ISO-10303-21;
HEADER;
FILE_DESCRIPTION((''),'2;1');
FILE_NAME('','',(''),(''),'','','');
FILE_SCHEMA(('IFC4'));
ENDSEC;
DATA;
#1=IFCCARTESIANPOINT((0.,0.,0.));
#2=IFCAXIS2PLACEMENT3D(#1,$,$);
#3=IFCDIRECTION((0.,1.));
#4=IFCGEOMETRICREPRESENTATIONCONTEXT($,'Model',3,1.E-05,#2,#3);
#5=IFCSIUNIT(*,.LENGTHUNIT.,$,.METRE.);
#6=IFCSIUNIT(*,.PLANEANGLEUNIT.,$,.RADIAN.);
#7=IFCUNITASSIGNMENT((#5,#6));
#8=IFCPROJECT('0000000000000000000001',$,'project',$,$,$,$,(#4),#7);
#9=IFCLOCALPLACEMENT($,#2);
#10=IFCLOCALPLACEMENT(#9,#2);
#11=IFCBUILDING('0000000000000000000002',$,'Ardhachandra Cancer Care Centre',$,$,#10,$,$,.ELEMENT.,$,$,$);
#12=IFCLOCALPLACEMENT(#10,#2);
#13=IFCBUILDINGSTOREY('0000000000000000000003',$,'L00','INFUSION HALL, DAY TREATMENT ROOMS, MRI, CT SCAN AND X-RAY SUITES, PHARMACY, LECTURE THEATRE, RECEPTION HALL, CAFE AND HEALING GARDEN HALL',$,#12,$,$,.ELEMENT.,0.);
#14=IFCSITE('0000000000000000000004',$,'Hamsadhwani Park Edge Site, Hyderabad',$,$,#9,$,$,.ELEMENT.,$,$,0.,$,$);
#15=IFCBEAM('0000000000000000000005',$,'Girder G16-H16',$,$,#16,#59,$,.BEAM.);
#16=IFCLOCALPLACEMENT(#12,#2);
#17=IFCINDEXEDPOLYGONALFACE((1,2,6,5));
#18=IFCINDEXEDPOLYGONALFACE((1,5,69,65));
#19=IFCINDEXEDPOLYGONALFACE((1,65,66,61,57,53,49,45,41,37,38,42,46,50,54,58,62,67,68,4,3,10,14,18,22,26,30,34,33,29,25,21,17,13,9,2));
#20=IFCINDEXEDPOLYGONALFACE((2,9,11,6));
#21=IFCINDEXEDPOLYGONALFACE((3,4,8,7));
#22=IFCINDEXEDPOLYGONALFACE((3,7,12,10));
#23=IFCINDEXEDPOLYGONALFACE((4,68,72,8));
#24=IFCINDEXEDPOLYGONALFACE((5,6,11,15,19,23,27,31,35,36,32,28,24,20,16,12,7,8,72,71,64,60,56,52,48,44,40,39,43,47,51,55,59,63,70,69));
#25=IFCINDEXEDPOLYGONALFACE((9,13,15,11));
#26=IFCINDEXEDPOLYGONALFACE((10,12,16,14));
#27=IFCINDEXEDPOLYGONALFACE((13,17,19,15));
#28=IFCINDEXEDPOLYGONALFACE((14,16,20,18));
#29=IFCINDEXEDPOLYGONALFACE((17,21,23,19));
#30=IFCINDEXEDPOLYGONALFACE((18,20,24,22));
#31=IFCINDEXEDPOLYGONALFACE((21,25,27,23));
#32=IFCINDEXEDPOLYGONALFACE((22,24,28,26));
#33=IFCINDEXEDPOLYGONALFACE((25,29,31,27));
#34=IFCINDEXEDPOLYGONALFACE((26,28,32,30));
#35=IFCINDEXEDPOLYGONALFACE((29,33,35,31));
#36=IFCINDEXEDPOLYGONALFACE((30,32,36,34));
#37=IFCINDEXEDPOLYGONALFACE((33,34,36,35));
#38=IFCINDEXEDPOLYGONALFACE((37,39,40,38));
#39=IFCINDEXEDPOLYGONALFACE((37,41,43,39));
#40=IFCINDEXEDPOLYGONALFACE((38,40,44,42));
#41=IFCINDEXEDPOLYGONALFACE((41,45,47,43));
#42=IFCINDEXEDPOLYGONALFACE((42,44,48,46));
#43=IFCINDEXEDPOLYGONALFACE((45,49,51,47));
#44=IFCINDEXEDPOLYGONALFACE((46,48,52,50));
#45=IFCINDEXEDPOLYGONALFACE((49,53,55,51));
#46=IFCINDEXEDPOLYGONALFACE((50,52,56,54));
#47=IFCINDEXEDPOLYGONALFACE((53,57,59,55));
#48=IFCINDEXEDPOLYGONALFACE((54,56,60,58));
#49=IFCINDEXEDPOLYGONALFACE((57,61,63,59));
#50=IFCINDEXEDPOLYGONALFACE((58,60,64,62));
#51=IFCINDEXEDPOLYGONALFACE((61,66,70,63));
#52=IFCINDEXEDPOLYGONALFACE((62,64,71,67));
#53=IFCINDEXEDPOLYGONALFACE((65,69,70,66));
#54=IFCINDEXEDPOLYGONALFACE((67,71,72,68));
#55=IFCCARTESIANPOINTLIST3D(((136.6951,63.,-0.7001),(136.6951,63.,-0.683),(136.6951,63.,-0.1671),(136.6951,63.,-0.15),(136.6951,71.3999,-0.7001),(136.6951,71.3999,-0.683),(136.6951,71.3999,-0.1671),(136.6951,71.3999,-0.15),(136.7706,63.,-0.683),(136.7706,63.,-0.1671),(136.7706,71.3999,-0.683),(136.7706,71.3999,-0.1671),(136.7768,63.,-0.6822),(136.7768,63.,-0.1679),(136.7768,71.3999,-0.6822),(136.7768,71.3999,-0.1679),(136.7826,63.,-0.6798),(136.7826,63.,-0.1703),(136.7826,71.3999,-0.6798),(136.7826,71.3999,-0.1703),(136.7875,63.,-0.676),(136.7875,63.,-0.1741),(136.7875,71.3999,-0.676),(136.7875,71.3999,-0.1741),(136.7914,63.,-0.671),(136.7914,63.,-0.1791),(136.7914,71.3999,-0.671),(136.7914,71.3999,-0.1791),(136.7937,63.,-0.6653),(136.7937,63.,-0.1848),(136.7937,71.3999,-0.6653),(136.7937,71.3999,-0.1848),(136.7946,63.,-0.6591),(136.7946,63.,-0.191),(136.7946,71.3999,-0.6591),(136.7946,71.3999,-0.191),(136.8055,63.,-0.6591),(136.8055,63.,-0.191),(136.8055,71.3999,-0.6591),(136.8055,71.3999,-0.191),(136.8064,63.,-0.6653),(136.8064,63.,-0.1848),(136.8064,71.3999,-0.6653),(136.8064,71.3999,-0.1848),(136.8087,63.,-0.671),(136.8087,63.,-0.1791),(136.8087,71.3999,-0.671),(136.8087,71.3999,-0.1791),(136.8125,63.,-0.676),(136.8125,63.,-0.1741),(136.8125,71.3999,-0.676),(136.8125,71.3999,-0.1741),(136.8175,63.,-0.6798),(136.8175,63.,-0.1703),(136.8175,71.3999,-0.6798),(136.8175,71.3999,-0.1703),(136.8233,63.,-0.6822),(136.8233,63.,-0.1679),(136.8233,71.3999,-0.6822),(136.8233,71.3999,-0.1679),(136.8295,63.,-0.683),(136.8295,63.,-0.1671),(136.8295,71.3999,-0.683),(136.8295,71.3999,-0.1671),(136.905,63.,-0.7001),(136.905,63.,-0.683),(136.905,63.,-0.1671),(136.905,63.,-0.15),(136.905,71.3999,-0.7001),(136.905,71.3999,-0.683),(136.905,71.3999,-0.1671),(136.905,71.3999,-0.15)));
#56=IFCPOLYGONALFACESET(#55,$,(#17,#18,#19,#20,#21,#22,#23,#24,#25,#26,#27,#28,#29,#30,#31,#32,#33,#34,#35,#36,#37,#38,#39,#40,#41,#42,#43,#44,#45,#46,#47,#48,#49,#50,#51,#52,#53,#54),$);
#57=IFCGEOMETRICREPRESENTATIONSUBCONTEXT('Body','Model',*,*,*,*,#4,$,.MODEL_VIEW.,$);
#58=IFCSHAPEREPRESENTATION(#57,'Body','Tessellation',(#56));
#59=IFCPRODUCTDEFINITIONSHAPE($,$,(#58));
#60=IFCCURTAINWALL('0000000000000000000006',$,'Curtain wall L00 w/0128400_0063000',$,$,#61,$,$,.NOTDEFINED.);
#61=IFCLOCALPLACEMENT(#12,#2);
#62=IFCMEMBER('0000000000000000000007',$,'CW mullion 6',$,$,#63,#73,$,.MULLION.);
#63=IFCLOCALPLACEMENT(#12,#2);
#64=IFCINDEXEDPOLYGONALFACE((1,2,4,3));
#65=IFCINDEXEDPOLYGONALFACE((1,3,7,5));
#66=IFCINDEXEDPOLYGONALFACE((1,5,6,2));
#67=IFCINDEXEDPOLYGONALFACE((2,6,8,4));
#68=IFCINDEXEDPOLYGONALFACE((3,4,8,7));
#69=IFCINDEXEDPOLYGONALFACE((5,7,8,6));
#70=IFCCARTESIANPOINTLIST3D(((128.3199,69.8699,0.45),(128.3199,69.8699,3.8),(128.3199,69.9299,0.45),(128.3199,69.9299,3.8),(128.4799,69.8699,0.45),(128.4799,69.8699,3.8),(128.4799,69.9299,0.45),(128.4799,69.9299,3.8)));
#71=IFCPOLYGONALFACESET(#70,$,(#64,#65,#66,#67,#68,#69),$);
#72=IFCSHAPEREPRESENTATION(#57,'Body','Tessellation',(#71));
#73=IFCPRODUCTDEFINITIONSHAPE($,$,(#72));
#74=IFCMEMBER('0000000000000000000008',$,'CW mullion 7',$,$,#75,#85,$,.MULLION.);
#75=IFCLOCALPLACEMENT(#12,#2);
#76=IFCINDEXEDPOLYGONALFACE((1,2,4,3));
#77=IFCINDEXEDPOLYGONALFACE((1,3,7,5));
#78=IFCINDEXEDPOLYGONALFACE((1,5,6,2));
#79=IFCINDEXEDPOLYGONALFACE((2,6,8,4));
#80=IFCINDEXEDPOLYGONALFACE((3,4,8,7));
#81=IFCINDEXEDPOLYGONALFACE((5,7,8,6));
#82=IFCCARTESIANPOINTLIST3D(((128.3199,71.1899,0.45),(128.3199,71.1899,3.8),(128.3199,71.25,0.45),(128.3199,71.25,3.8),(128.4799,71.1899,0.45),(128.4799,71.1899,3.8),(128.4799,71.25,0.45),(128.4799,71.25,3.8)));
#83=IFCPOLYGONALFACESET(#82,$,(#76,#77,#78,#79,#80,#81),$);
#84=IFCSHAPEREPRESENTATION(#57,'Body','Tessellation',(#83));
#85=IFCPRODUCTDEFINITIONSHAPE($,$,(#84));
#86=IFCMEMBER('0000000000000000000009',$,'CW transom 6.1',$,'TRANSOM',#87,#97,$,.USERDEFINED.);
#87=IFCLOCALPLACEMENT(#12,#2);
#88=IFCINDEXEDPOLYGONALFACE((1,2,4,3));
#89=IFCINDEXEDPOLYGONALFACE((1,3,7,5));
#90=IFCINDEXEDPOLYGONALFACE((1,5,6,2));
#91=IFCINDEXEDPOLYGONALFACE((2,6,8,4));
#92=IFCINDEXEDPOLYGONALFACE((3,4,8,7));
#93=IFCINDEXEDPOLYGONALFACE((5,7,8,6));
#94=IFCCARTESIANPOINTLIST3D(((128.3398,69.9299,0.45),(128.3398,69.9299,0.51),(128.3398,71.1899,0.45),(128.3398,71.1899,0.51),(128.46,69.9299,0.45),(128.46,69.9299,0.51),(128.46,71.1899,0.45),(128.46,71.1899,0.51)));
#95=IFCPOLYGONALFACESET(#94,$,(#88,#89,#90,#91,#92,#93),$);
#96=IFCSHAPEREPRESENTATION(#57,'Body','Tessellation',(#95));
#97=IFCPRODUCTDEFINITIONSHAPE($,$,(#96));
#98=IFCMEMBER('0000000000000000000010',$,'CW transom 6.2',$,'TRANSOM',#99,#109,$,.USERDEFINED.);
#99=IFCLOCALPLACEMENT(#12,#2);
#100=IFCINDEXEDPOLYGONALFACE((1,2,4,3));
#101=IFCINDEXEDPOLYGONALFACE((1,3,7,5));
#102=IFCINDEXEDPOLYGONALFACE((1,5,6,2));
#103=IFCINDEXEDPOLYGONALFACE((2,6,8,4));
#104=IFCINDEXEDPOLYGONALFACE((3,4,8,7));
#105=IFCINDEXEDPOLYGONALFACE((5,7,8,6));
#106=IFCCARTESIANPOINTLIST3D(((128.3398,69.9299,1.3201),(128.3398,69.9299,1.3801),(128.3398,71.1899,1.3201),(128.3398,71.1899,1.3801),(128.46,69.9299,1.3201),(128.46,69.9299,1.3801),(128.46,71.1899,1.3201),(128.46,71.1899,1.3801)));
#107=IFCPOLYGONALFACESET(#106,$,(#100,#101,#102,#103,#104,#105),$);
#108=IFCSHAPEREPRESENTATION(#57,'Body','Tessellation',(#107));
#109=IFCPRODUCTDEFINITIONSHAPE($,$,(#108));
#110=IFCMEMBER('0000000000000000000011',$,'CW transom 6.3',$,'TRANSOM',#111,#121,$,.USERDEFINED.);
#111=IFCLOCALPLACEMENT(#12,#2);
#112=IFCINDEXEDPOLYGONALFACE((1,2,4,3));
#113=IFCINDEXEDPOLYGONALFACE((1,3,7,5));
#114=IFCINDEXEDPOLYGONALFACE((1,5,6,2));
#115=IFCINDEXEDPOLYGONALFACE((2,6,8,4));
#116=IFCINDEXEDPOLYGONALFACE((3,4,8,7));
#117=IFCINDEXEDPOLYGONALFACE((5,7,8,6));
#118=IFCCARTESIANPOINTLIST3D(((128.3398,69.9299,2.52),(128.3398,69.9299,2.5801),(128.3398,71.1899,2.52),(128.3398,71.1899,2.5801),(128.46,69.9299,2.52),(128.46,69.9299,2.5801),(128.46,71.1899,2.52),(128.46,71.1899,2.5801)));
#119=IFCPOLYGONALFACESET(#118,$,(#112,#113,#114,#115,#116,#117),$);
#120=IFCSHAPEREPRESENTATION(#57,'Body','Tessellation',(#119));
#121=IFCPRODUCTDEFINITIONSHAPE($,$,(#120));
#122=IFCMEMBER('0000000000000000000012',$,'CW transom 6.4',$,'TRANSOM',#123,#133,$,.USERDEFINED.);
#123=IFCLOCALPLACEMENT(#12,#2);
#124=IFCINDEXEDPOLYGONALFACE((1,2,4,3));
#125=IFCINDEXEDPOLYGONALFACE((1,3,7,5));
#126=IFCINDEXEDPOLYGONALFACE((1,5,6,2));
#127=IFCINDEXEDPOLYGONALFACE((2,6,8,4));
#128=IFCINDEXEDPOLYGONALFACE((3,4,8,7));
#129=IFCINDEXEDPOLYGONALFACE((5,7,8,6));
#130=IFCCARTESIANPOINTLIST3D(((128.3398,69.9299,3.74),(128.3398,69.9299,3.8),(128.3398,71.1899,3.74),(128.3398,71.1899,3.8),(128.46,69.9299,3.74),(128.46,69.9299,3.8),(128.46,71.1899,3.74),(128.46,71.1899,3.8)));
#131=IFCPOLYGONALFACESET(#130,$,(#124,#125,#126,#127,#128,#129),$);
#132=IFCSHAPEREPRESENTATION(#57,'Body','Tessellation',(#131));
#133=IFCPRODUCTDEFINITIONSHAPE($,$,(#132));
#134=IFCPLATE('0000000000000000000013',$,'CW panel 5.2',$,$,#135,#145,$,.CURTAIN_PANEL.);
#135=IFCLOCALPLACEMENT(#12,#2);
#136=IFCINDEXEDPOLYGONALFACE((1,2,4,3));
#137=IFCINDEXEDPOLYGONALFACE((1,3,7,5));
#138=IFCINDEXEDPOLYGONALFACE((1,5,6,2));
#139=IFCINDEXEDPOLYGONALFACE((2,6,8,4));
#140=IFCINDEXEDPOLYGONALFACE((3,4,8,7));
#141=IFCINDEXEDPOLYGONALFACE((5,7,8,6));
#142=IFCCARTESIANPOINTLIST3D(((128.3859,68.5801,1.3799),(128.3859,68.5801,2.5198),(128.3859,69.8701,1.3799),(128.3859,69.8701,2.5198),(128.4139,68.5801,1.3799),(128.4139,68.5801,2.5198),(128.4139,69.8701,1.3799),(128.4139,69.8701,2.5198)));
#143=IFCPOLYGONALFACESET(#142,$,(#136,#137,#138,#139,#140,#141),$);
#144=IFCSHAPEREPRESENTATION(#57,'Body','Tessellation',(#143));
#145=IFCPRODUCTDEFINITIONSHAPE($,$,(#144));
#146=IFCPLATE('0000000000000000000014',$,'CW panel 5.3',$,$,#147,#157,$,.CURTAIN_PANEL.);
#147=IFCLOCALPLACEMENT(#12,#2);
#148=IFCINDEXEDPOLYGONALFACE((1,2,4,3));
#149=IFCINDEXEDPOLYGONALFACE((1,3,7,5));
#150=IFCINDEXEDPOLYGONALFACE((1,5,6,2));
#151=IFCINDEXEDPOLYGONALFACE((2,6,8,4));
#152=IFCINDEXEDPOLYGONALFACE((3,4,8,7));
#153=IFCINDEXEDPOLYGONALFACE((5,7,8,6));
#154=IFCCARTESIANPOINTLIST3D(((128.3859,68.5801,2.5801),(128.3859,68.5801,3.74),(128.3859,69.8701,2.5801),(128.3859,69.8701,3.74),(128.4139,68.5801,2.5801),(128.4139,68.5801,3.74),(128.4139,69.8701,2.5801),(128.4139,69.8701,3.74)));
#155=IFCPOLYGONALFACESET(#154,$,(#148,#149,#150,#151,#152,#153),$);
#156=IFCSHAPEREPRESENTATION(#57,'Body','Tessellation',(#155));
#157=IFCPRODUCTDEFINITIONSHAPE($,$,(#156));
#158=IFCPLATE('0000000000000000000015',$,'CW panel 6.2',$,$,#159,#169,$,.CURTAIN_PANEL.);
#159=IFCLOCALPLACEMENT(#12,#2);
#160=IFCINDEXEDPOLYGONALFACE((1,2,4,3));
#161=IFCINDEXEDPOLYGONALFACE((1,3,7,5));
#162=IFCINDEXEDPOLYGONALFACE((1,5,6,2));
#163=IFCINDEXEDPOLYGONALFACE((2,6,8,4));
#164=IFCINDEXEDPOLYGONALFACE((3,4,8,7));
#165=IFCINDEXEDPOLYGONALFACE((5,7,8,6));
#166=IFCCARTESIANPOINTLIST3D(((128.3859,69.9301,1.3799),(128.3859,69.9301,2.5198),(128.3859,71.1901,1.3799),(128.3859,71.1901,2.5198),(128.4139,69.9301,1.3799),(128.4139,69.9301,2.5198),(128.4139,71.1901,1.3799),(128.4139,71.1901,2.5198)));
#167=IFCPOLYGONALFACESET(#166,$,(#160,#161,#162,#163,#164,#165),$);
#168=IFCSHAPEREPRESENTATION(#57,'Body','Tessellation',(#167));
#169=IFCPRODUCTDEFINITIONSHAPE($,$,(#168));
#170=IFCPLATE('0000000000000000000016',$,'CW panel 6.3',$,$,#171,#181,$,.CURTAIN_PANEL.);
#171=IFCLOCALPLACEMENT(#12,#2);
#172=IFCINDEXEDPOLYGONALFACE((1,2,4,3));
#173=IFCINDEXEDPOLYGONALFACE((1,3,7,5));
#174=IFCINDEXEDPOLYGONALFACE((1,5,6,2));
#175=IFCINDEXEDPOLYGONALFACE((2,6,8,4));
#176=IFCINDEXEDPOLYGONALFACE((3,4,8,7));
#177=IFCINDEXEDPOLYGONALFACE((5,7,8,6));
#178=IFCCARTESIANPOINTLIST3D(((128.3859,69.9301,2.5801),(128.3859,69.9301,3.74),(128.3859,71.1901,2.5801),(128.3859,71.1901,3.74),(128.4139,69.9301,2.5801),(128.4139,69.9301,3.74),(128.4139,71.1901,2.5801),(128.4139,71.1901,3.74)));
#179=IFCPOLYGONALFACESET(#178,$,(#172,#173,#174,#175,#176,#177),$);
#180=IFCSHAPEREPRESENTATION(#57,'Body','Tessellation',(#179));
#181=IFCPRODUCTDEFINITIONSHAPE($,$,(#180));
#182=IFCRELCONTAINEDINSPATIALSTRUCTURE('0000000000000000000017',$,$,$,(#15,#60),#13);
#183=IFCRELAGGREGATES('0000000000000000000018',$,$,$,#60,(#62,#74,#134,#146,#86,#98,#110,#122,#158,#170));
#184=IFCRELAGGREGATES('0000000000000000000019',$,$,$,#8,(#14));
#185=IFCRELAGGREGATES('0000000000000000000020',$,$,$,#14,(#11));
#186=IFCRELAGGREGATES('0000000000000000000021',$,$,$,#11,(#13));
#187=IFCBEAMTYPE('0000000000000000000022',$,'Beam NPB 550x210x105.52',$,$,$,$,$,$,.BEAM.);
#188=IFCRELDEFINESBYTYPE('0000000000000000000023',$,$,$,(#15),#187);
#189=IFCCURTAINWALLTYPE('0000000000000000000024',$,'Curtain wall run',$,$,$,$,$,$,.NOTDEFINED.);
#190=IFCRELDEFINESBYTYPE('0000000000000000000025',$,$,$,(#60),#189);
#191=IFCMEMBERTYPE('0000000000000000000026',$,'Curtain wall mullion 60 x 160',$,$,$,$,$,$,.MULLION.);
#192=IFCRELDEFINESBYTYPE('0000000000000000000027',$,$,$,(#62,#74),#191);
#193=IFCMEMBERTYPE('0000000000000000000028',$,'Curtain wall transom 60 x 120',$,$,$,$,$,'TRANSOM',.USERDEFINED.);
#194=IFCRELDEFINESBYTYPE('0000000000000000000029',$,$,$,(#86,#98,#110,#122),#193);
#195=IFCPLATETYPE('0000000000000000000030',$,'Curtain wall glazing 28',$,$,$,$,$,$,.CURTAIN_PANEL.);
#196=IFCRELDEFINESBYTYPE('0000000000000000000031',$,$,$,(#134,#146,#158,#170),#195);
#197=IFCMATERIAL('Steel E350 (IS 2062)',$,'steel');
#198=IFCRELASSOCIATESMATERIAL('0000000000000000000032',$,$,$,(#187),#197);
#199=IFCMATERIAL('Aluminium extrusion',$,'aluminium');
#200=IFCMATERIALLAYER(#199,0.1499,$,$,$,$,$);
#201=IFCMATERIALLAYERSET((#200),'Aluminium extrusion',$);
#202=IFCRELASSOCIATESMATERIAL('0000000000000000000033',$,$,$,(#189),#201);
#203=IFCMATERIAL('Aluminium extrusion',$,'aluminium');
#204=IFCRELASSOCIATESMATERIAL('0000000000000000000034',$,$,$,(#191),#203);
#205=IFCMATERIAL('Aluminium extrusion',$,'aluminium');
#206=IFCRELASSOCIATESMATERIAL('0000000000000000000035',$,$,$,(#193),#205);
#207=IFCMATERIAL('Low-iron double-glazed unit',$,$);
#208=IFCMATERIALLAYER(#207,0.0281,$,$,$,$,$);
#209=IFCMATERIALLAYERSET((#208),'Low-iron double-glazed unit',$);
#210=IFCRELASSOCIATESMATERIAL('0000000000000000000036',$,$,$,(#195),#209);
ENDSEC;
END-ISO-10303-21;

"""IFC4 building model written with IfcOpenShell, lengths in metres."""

from ifc_helpers import new_model, si_unit, direction, frame, origin, origin_2d, place, context, subcontext, project, spatial, rectangle, i_section, extrude, material, layer, layer_set, material_profile, profile_set, type_object, element, aggregate, save


model = new_model("IFC4")

# Units and contexts
model_context = context("Model", 3, precision=1e-05, world=origin(), true_north=direction((0.0, 1.0)))
body_context = subcontext(model_context, "Body", "Model", "MODEL_VIEW")
ifc_project = project(units=[si_unit("LENGTHUNIT", "METRE"), si_unit("PLANEANGLEUNIT", "RADIAN")], contexts=[model_context])

# Site, building, storey
site_placement = place(None, origin())
site = spatial("IfcSite", under=ifc_project, at=site_placement, Name="Hamsadhwani Park Edge Site, Hyderabad", CompositionType="ELEMENT", RefElevation=0.0)
building_placement = place(site_placement, origin())
building = spatial("IfcBuilding", under=site, at=building_placement, Name="Ardhachandra Cancer Care Centre", CompositionType="ELEMENT")
storey_placement = place(building_placement, origin())
storey = spatial("IfcBuildingStorey", under=building, at=storey_placement, Name="L00", Description="INFUSION HALL, DAY TREATMENT ROOMS, MRI, CT SCAN AND X-RAY SUITES, PHARMACY, LECTURE THEATRE, RECEPTION HALL, CAFE AND HEALING GARDEN HALL", CompositionType="ELEMENT", Elevation=0.0)

# Beam
ifc_material_1 = material(Name="Steel E350 (IS 2062)", Category="steel")
ifc_material_profile_1 = material_profile(ifc_material_1, i_section(OverallWidth=0.21, OverallDepth=0.55, WebThickness=0.011, FlangeThickness=0.0171, FilletRadius=0.0239, at=origin_2d()), Name="NPB 550x210x105.52")
ifc_profile_set_1 = profile_set([ifc_material_profile_1], Name="Steel E350 (IS 2062)")
beam_type_1 = type_object("IfcBeamType", Name="Beam NPB 550x210x105.52", PredefinedType="BEAM", material=ifc_profile_set_1)
for number, where, z_axis, x_axis, name in (
    (1, (136.8, 63.0, -0.425), (0.0, 1.0, 0.0), (-1.0, 0.0, 0.0), "Girder G16-H16"),
):
    element("IfcBeam", number, at=place(storey_placement, frame(where, z_axis=z_axis, x_axis=x_axis)), inside=storey, type_object=beam_type_1, Name=name, PredefinedType="BEAM", context=body_context, shape_type="SweptSolid", body=[
        extrude(i_section(OverallWidth=0.21, OverallDepth=0.55, WebThickness=0.011, FlangeThickness=0.0171, FilletRadius=0.0239, at=origin_2d()), origin(), (0.0, 0.0, 1.0), 8.3999),
    ])

# Curtain wall, members, plates
ifc_material_2 = material(Name="Aluminium extrusion", Category="aluminium")
ifc_layer_1 = layer(ifc_material_2, 0.1499)
ifc_layer_set_1 = layer_set([ifc_layer_1], Name="Aluminium extrusion")
curtain_wall_type = type_object("IfcCurtainWallType", Name="Curtain wall run", PredefinedType="NOTDEFINED", material=ifc_layer_set_1)
curtain_wall_placement = place(storey_placement, origin())
curtain_wall = element("IfcCurtainWall", 2, at=curtain_wall_placement, inside=storey, type_object=curtain_wall_type, Name="Curtain wall L00 w/0128400_0063000", PredefinedType="NOTDEFINED")
ifc_material_3 = material(Name="Aluminium extrusion", Category="aluminium")
ifc_material_profile_2 = material_profile(ifc_material_3, rectangle(XDim=0.1599, YDim=0.0601, at=origin_2d()), Name="Curtain wall mullion 60 x 160")
ifc_profile_set_2 = profile_set([ifc_material_profile_2], Name="Aluminium extrusion")
member_type_1 = type_object("IfcMemberType", Name="Curtain wall mullion 60 x 160", PredefinedType="MULLION", material=ifc_profile_set_2)
member_1_placement = place(storey_placement, frame((128.3999, 69.8999, 0.45), z_axis=(0.0, 0.0, 1.0), x_axis=(-1.0, 0.0, 0.0)))
member_1 = element("IfcMember", 3, at=member_1_placement, type_object=member_type_1, Name="CW mullion 6", PredefinedType="MULLION", context=body_context, shape_type="SweptSolid", body=[
    extrude(rectangle(XDim=0.1599, YDim=0.0601, at=origin_2d()), origin(), (0.0, 0.0, 1.0), 3.3501),
])
member_2_placement = place(storey_placement, frame((128.3999, 71.22, 0.45), z_axis=(0.0, 0.0, 1.0), x_axis=(-1.0, 0.0, 0.0)))
member_2 = element("IfcMember", 4, at=member_2_placement, type_object=member_type_1, Name="CW mullion 7", PredefinedType="MULLION", context=body_context, shape_type="SweptSolid", body=[
    extrude(rectangle(XDim=0.1599, YDim=0.0601, at=origin_2d()), origin(), (0.0, 0.0, 1.0), 3.3501),
])
ifc_material_4 = material(Name="Aluminium extrusion", Category="aluminium")
ifc_material_profile_3 = material_profile(ifc_material_4, rectangle(XDim=0.1201, YDim=0.0601, at=origin_2d()), Name="Curtain wall transom 60 x 120")
ifc_profile_set_3 = profile_set([ifc_material_profile_3], Name="Aluminium extrusion")
member_type_2 = type_object("IfcMemberType", Name="Curtain wall transom 60 x 120", ElementType="TRANSOM", PredefinedType="USERDEFINED", material=ifc_profile_set_3)
member_3_placement = place(storey_placement, frame((128.3999, 69.9299, 0.48), z_axis=(0.0, 1.0, 0.0), x_axis=(-1.0, 0.0, 0.0)))
member_3 = element("IfcMember", 5, at=member_3_placement, type_object=member_type_2, Name="CW transom 6.1", ObjectType="TRANSOM", PredefinedType="USERDEFINED", context=body_context, shape_type="SweptSolid", body=[
    extrude(rectangle(XDim=0.1201, YDim=0.0601, at=origin_2d()), origin(), (0.0, 0.0, 1.0), 1.26),
])
member_4_placement = place(storey_placement, frame((128.3999, 69.9299, 1.3501), z_axis=(0.0, 1.0, 0.0), x_axis=(-1.0, 0.0, 0.0)))
member_4 = element("IfcMember", 6, at=member_4_placement, type_object=member_type_2, Name="CW transom 6.2", ObjectType="TRANSOM", PredefinedType="USERDEFINED", context=body_context, shape_type="SweptSolid", body=[
    extrude(rectangle(XDim=0.1201, YDim=0.0601, at=origin_2d()), origin(), (0.0, 0.0, 1.0), 1.26),
])
member_5_placement = place(storey_placement, frame((128.3999, 69.9299, 2.55), z_axis=(0.0, 1.0, 0.0), x_axis=(-1.0, 0.0, 0.0)))
member_5 = element("IfcMember", 7, at=member_5_placement, type_object=member_type_2, Name="CW transom 6.3", ObjectType="TRANSOM", PredefinedType="USERDEFINED", context=body_context, shape_type="SweptSolid", body=[
    extrude(rectangle(XDim=0.1201, YDim=0.0601, at=origin_2d()), origin(), (0.0, 0.0, 1.0), 1.26),
])
member_6_placement = place(storey_placement, frame((128.3999, 69.9299, 3.77), z_axis=(0.0, 1.0, 0.0), x_axis=(-1.0, 0.0, 0.0)))
member_6 = element("IfcMember", 8, at=member_6_placement, type_object=member_type_2, Name="CW transom 6.4", ObjectType="TRANSOM", PredefinedType="USERDEFINED", context=body_context, shape_type="SweptSolid", body=[
    extrude(rectangle(XDim=0.1201, YDim=0.0601, at=origin_2d()), origin(), (0.0, 0.0, 1.0), 1.26),
])
ifc_material_5 = material(Name="Low-iron double-glazed unit")
ifc_layer_2 = layer(ifc_material_5, 0.0281)
ifc_layer_set_2 = layer_set([ifc_layer_2], Name="Low-iron double-glazed unit")
plate_type_1 = type_object("IfcPlateType", Name="Curtain wall glazing 28", PredefinedType="CURTAIN_PANEL", material=ifc_layer_set_2)
plate_1_placement = place(storey_placement, frame((128.3999, 69.2251, 1.3799), z_axis=(0.0, 0.0, 1.0), x_axis=(0.0, 1.0, 0.0)))
plate_1 = element("IfcPlate", 9, at=plate_1_placement, type_object=plate_type_1, Name="CW panel 5.2", PredefinedType="CURTAIN_PANEL", context=body_context, shape_type="SweptSolid", body=[
    extrude(rectangle(XDim=1.29, YDim=0.0281, at=origin_2d()), origin(), (0.0, 0.0, 1.0), 1.1399),
])
plate_2_placement = place(storey_placement, frame((128.3999, 69.2251, 2.5801), z_axis=(0.0, 0.0, 1.0), x_axis=(0.0, 1.0, 0.0)))
plate_2 = element("IfcPlate", 10, at=plate_2_placement, type_object=plate_type_1, Name="CW panel 5.3", PredefinedType="CURTAIN_PANEL", context=body_context, shape_type="SweptSolid", body=[
    extrude(rectangle(XDim=1.29, YDim=0.0281, at=origin_2d()), origin(), (0.0, 0.0, 1.0), 1.1599),
])
plate_3_placement = place(storey_placement, frame((128.3999, 70.5601, 1.3799), z_axis=(0.0, 0.0, 1.0), x_axis=(0.0, 1.0, 0.0)))
plate_3 = element("IfcPlate", 11, at=plate_3_placement, type_object=plate_type_1, Name="CW panel 6.2", PredefinedType="CURTAIN_PANEL", context=body_context, shape_type="SweptSolid", body=[
    extrude(rectangle(XDim=1.26, YDim=0.0281, at=origin_2d()), origin(), (0.0, 0.0, 1.0), 1.1399),
])
plate_4_placement = place(storey_placement, frame((128.3999, 70.5601, 2.5801), z_axis=(0.0, 0.0, 1.0), x_axis=(0.0, 1.0, 0.0)))
plate_4 = element("IfcPlate", 12, at=plate_4_placement, type_object=plate_type_1, Name="CW panel 6.3", PredefinedType="CURTAIN_PANEL", context=body_context, shape_type="SweptSolid", body=[
    extrude(rectangle(XDim=1.26, YDim=0.0281, at=origin_2d()), origin(), (0.0, 0.0, 1.0), 1.1599),
])
aggregate(curtain_wall, [member_1, member_2, plate_1, plate_2, member_3, member_4, member_5, member_6, plate_3, plate_4])

save(model, "model.ifc")
